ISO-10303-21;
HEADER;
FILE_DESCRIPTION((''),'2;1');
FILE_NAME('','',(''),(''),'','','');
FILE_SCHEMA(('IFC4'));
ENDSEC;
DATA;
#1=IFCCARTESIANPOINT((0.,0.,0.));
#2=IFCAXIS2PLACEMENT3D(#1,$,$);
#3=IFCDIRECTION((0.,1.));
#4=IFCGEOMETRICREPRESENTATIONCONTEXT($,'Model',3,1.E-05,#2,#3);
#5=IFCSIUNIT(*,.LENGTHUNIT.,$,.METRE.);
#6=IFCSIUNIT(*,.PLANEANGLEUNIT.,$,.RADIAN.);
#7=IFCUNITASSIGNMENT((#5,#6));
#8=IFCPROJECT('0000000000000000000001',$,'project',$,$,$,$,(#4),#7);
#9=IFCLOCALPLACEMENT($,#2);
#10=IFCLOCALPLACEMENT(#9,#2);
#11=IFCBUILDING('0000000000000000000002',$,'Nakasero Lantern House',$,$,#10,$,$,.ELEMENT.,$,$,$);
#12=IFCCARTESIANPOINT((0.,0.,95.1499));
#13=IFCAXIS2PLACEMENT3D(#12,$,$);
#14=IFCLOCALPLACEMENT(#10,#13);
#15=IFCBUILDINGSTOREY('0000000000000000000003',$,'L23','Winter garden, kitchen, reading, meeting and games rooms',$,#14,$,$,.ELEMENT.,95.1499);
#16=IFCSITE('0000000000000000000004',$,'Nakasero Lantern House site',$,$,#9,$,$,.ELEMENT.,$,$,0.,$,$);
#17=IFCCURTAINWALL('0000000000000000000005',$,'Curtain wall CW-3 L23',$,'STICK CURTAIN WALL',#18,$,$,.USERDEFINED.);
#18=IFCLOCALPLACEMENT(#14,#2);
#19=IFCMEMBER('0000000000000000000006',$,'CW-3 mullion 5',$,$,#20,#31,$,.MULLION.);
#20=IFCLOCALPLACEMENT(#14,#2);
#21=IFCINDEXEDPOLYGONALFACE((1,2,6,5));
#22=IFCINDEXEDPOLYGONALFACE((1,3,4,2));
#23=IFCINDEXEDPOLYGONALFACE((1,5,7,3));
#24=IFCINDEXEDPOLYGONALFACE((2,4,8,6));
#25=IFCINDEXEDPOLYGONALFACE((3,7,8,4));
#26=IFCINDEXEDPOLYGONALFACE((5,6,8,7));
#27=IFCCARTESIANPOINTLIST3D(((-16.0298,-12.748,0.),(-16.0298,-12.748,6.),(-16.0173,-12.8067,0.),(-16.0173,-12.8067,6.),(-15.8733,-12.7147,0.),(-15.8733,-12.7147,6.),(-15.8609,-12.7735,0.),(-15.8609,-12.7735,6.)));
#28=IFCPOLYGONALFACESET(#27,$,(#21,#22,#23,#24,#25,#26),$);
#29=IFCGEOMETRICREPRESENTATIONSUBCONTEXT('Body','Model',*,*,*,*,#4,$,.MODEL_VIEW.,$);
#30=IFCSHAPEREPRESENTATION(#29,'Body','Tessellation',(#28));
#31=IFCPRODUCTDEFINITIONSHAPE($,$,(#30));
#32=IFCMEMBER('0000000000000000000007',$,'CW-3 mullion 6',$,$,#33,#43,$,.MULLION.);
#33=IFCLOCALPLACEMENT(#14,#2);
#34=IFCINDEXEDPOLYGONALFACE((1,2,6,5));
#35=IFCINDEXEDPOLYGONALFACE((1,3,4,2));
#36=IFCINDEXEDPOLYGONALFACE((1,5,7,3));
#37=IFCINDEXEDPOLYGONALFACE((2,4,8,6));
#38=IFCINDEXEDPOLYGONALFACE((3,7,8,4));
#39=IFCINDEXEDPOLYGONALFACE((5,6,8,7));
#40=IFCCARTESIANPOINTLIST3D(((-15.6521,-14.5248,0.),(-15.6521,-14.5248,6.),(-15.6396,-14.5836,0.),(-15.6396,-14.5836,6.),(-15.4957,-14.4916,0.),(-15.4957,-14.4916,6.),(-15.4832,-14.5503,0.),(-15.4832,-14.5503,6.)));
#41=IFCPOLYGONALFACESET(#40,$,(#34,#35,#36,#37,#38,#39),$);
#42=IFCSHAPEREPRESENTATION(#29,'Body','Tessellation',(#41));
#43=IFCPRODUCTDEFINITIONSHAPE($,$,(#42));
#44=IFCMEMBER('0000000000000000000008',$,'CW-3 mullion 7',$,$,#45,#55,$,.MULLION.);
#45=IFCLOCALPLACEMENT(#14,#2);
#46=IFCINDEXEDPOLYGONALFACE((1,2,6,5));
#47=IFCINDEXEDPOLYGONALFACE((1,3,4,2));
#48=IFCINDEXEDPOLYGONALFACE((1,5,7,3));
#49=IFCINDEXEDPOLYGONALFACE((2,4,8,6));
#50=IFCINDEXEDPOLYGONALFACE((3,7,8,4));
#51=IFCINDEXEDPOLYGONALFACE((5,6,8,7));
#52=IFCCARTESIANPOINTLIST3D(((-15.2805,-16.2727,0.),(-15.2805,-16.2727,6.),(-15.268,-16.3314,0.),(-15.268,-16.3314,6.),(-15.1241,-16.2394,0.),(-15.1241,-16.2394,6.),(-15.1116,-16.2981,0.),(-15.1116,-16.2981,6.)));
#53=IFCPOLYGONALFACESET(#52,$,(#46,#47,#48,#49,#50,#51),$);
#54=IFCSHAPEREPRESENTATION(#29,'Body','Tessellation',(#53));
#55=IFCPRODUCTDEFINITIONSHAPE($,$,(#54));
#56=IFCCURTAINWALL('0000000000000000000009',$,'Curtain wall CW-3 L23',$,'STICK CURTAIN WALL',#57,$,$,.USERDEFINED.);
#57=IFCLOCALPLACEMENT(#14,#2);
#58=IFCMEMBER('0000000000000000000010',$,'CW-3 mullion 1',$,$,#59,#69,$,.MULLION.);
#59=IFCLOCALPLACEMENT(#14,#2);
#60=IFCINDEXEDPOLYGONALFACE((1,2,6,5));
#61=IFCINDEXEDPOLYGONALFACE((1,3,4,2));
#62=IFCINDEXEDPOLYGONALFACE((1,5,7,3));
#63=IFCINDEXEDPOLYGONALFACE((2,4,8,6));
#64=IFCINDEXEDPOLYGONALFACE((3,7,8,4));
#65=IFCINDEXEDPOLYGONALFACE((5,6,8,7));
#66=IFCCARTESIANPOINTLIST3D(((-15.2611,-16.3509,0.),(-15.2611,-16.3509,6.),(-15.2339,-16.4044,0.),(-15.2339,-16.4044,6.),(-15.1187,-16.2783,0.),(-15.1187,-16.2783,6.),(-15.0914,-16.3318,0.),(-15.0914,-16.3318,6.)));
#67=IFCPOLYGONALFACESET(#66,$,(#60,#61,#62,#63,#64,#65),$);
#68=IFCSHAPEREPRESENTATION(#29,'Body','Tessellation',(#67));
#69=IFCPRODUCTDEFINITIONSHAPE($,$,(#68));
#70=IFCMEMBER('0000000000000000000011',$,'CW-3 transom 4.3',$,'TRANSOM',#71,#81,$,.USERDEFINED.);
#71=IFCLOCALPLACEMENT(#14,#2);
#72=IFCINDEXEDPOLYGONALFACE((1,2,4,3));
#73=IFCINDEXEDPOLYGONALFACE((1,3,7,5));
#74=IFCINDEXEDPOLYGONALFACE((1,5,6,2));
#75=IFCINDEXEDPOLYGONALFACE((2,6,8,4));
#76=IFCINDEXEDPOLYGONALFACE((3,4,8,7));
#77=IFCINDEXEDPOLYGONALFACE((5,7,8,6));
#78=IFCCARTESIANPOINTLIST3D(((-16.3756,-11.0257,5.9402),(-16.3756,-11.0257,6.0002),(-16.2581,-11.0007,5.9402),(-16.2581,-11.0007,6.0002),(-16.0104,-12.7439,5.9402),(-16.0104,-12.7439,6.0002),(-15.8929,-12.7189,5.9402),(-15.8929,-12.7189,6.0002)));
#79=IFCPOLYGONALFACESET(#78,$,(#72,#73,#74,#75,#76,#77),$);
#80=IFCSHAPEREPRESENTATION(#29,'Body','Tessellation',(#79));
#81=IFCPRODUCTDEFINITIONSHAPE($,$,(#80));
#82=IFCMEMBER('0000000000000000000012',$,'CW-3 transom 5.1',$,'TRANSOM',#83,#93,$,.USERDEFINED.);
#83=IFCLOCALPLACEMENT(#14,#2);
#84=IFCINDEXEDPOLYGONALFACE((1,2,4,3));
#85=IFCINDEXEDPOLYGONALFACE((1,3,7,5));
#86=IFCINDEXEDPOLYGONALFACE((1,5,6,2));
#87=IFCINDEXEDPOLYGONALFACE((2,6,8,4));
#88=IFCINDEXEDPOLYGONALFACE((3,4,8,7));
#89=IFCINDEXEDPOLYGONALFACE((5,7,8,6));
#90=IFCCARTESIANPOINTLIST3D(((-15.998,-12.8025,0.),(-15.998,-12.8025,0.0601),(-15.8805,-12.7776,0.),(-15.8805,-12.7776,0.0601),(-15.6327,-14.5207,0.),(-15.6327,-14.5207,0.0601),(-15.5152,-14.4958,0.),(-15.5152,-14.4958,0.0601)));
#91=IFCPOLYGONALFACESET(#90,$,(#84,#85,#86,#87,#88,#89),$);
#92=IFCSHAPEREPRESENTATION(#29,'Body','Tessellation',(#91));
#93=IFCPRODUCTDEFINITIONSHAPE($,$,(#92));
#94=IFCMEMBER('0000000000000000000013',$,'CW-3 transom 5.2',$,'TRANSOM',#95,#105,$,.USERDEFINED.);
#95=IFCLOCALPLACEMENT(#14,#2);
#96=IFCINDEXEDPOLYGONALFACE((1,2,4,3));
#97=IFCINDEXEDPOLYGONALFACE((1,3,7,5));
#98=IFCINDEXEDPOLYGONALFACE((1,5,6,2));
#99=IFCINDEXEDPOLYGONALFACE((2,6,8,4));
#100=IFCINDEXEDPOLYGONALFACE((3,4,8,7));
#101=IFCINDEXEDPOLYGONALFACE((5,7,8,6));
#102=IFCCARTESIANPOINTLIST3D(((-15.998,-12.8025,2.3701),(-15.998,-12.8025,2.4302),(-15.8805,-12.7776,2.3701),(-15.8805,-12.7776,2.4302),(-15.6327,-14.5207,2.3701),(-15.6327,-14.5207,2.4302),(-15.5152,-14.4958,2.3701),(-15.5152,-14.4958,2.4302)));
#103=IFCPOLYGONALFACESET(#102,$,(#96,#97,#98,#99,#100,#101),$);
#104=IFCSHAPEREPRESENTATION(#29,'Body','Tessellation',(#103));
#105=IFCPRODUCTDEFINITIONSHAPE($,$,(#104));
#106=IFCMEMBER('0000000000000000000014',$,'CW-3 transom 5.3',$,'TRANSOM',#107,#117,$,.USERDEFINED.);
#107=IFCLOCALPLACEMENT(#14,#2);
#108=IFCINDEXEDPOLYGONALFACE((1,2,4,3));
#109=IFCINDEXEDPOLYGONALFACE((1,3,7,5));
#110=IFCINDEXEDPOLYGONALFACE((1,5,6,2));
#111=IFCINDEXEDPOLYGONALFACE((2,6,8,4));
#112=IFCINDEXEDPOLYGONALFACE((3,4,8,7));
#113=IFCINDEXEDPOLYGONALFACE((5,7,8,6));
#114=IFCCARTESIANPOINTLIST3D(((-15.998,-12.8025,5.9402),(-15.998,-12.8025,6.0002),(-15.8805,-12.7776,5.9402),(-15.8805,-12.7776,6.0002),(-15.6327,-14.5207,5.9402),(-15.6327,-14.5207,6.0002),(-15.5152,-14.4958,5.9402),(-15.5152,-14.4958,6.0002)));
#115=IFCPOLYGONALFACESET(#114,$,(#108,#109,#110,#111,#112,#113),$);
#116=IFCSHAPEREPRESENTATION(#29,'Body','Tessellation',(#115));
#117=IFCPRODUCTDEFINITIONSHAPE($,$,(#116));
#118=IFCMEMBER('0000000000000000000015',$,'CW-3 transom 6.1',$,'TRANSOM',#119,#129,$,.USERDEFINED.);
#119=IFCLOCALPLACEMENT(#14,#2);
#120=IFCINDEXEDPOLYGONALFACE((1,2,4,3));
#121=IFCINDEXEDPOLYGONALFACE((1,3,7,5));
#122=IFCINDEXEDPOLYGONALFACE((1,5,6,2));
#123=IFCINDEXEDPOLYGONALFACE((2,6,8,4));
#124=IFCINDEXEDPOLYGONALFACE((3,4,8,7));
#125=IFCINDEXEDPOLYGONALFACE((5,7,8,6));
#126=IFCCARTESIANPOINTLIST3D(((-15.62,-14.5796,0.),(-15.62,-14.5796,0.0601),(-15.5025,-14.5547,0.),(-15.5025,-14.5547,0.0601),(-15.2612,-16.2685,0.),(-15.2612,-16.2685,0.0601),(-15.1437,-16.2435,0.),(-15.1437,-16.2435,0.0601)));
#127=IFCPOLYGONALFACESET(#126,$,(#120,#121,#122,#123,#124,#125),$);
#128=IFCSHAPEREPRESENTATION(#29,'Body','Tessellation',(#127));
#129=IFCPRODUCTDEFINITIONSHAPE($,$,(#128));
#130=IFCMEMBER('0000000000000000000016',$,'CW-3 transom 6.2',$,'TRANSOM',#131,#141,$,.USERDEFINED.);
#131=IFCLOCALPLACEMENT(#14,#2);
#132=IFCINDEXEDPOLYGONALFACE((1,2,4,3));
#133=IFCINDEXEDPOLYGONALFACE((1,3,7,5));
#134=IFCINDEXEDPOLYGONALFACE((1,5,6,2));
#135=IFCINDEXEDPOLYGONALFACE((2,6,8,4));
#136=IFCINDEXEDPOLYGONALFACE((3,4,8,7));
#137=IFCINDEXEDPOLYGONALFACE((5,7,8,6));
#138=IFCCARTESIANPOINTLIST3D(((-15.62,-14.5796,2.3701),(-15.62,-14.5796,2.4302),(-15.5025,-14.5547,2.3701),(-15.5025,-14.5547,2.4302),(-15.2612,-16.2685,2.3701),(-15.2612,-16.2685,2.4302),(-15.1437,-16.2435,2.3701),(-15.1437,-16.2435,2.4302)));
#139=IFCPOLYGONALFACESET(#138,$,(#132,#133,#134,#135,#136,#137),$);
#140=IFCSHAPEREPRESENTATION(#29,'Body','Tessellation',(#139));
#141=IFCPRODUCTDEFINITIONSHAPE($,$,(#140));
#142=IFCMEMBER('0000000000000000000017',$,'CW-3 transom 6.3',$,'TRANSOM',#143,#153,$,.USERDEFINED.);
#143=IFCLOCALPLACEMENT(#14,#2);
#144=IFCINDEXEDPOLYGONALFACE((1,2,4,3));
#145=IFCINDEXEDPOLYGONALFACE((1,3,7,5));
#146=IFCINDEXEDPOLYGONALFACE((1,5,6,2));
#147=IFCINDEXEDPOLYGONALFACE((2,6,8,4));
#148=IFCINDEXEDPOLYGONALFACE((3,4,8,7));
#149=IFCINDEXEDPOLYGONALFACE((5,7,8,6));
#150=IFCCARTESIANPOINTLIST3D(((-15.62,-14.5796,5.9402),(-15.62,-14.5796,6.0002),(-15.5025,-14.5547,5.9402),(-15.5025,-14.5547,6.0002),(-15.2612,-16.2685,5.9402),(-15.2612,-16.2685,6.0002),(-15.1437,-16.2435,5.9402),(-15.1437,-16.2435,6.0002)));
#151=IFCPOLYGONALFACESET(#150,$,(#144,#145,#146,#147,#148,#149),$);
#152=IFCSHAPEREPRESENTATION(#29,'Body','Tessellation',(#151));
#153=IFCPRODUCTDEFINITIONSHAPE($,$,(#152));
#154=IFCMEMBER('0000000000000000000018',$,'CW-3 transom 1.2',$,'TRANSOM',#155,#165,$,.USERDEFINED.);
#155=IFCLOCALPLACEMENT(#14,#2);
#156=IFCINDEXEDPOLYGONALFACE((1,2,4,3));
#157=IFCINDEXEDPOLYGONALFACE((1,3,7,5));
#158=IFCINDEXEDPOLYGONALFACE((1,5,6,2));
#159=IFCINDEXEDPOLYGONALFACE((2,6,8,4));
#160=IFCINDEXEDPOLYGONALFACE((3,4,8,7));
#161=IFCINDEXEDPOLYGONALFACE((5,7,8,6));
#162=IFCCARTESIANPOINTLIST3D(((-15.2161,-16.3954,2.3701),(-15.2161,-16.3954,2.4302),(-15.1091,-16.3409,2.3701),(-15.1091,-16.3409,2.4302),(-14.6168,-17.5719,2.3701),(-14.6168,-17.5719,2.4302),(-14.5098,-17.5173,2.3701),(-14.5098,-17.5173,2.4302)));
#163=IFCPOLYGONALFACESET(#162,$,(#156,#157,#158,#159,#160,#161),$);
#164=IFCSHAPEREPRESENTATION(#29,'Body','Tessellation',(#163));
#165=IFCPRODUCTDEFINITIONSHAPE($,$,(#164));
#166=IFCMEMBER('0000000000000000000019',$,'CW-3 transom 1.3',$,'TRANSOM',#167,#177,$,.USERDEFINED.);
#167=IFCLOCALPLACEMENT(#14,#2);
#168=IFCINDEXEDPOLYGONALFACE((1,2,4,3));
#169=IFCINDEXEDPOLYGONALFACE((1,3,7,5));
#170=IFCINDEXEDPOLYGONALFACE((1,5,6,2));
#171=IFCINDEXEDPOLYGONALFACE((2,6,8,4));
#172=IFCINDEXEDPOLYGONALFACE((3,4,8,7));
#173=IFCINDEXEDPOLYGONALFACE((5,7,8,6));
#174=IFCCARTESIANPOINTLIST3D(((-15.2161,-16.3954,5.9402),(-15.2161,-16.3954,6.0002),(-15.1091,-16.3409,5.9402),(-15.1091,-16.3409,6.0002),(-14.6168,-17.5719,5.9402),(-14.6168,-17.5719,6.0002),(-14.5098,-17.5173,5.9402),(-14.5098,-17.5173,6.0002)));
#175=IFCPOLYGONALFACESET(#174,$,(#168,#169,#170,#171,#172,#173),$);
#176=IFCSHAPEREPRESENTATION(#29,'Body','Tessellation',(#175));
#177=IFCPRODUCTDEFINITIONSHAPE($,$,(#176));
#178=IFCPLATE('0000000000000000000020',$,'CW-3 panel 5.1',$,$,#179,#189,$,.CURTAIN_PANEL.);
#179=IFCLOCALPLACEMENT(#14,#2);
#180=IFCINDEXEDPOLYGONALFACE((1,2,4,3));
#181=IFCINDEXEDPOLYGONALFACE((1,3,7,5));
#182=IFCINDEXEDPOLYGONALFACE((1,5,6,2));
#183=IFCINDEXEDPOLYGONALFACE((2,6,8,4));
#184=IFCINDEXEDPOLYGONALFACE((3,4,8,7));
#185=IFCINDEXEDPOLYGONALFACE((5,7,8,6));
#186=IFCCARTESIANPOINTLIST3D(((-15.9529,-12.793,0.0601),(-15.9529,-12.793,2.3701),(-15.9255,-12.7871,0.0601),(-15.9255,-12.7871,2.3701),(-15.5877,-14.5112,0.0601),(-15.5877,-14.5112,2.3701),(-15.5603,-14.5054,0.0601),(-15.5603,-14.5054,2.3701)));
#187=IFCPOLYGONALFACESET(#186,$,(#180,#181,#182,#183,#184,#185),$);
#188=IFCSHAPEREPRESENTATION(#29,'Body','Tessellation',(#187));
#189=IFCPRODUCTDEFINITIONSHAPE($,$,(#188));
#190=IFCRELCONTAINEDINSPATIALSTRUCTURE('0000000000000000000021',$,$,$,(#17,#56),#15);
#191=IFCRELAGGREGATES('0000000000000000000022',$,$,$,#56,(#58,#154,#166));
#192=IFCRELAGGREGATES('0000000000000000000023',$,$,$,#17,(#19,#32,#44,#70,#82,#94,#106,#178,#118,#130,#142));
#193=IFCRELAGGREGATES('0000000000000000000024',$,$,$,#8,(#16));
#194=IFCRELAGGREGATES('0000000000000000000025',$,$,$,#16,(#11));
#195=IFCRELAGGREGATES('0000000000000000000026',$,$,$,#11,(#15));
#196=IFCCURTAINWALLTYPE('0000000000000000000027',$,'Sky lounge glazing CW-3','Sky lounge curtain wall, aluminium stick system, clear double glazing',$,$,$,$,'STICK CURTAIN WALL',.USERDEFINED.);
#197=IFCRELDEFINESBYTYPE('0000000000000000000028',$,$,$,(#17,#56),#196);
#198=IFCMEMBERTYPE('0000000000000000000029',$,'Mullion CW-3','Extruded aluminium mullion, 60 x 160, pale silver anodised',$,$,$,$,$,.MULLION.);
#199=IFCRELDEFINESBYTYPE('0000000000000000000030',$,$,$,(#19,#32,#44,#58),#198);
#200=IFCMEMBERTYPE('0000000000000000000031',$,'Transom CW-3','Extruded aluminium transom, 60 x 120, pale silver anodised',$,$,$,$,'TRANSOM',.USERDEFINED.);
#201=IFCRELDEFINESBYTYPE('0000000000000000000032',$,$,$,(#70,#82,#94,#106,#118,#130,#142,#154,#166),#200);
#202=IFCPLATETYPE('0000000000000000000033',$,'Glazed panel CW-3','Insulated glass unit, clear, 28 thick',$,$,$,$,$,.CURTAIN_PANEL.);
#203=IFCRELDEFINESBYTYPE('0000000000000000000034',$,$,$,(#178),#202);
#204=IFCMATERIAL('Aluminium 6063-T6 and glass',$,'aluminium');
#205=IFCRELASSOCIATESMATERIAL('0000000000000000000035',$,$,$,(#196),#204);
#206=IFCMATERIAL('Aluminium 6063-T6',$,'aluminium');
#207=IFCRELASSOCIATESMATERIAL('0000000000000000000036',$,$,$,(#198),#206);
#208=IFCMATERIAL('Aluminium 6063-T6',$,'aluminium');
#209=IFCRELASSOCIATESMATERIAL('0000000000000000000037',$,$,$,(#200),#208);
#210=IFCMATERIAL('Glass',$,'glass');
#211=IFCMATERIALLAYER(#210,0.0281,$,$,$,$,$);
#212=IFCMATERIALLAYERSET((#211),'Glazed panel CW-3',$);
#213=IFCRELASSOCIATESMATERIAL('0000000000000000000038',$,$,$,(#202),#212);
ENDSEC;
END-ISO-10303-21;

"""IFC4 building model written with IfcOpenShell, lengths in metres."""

from ifc_helpers import new_model, si_unit, direction, frame, origin, origin_2d, place, context, subcontext, project, spatial, rectangle, extrude, material, layer, layer_set, material_profile, profile_set, type_object, element, aggregate, save


model = new_model("IFC4")

# Units and contexts
model_context = context("Model", 3, precision=1e-05, world=origin(), true_north=direction((0.0, 1.0)))
body_context = subcontext(model_context, "Body", "Model", "MODEL_VIEW")
ifc_project = project(units=[si_unit("LENGTHUNIT", "METRE"), si_unit("PLANEANGLEUNIT", "RADIAN")], contexts=[model_context])

# Site, building, storey
site_placement = place(None, origin())
site = spatial("IfcSite", under=ifc_project, at=site_placement, Name="Nakasero Lantern House site", CompositionType="ELEMENT", RefElevation=0.0)
building_placement = place(site_placement, origin())
building = spatial("IfcBuilding", under=site, at=building_placement, Name="Nakasero Lantern House", CompositionType="ELEMENT")
storey_placement = place(building_placement, frame((0.0, 0.0, 95.1499)))
storey = spatial("IfcBuildingStorey", under=building, at=storey_placement, Name="L23", Description="Winter garden, kitchen, reading, meeting and games rooms", CompositionType="ELEMENT", Elevation=95.1499)

# Curtain wall, members
ifc_material_1 = material(Name="Aluminium 6063-T6 and glass", Category="aluminium")
curtain_wall_type = type_object("IfcCurtainWallType", Name="Sky lounge glazing CW-3", Description="Sky lounge curtain wall, aluminium stick system, clear double glazing", ElementType="STICK CURTAIN WALL", PredefinedType="USERDEFINED", material=ifc_material_1)
curtain_wall_1_placement = place(storey_placement, origin())
curtain_wall_1 = element("IfcCurtainWall", 1, at=curtain_wall_1_placement, inside=storey, type_object=curtain_wall_type, Name="Curtain wall CW-3 L23", ObjectType="STICK CURTAIN WALL", PredefinedType="USERDEFINED")
ifc_material_2 = material(Name="Aluminium 6063-T6", Category="aluminium")
ifc_material_profile_1 = material_profile(ifc_material_2, rectangle(XDim=0.0601, YDim=0.1599, at=origin_2d()), Name="CW-3 mullion 60x160")
ifc_profile_set_1 = profile_set([ifc_material_profile_1], Name="Aluminium 6063-T6")
member_type_1 = type_object("IfcMemberType", Name="Mullion CW-3", Description="Extruded aluminium mullion, 60 x 160, pale silver anodised", PredefinedType="MULLION", material=ifc_profile_set_1)
member_1_placement = place(storey_placement, frame((-15.9453, -12.7607, 0.0), z_axis=(0.0, 0.0, 1.0), x_axis=(0.207912, -0.978148, 0.0)))
member_1 = element("IfcMember", 2, at=member_1_placement, type_object=member_type_1, Name="CW-3 mullion 5", PredefinedType="MULLION", context=body_context, shape_type="SweptSolid", body=[
    extrude(rectangle(XDim=0.0601, YDim=0.1599, at=origin_2d()), origin(), (0.0, 0.0, 1.0), 6.0),
])
member_2_placement = place(storey_placement, frame((-15.5676, -14.5376, 0.0), z_axis=(0.0, 0.0, 1.0), x_axis=(0.207912, -0.978148, 0.0)))
member_2 = element("IfcMember", 3, at=member_2_placement, type_object=member_type_1, Name="CW-3 mullion 6", PredefinedType="MULLION", context=body_context, shape_type="SweptSolid", body=[
    extrude(rectangle(XDim=0.0601, YDim=0.1599, at=origin_2d()), origin(), (0.0, 0.0, 1.0), 6.0),
])
member_3_placement = place(storey_placement, frame((-15.196, -16.2854, 0.0), z_axis=(0.0, 0.0, 1.0), x_axis=(0.207912, -0.978148, 0.0)))
member_3 = element("IfcMember", 4, at=member_3_placement, type_object=member_type_1, Name="CW-3 mullion 7", PredefinedType="MULLION", context=body_context, shape_type="SweptSolid", body=[
    extrude(rectangle(XDim=0.0601, YDim=0.1599, at=origin_2d()), origin(), (0.0, 0.0, 1.0), 6.0),
])

# Curtain wall, member
curtain_wall_2_placement = place(storey_placement, origin())
curtain_wall_2 = element("IfcCurtainWall", 5, at=curtain_wall_2_placement, inside=storey, type_object=curtain_wall_type, Name="Curtain wall CW-3 L23", ObjectType="STICK CURTAIN WALL", PredefinedType="USERDEFINED")
member_4_placement = place(storey_placement, frame((-15.1763, -16.3413, 0.0), z_axis=(0.0, 0.0, 1.0), x_axis=(0.45399, -0.891007, 0.0)))
member_4 = element("IfcMember", 6, at=member_4_placement, type_object=member_type_1, Name="CW-3 mullion 1", PredefinedType="MULLION", context=body_context, shape_type="SweptSolid", body=[
    extrude(rectangle(XDim=0.0601, YDim=0.1599, at=origin_2d()), origin(), (0.0, 0.0, 1.0), 6.0),
])

# Members
ifc_material_3 = material(Name="Aluminium 6063-T6", Category="aluminium")
ifc_material_profile_2 = material_profile(ifc_material_3, rectangle(XDim=0.0601, YDim=0.1201, at=origin_2d()), Name="CW-3 transom 60x120")
ifc_profile_set_2 = profile_set([ifc_material_profile_2], Name="Aluminium 6063-T6")
member_type_2 = type_object("IfcMemberType", Name="Transom CW-3", Description="Extruded aluminium transom, 60 x 120, pale silver anodised", ElementType="TRANSOM", PredefinedType="USERDEFINED", material=ifc_profile_set_2)
member_5_placement = place(storey_placement, frame((-16.3169, -11.0132, 5.9702), z_axis=(0.207915, -0.978147, 0.0), x_axis=(0.0, 0.0, 1.0)))
member_5 = element("IfcMember", 7, at=member_5_placement, type_object=member_type_2, Name="CW-3 transom 4.3", ObjectType="TRANSOM", PredefinedType="USERDEFINED", context=body_context, shape_type="SweptSolid", body=[
    extrude(rectangle(XDim=0.0601, YDim=0.1201, at=origin_2d()), origin(), (0.0, 0.0, 1.0), 1.7566),
])
member_6_placement = place(storey_placement, frame((-15.9392, -12.79, 0.03), z_axis=(0.207915, -0.978147, 0.0), x_axis=(0.0, 0.0, 1.0)))
member_6 = element("IfcMember", 8, at=member_6_placement, type_object=member_type_2, Name="CW-3 transom 5.1", ObjectType="TRANSOM", PredefinedType="USERDEFINED", context=body_context, shape_type="SweptSolid", body=[
    extrude(rectangle(XDim=0.0601, YDim=0.1201, at=origin_2d()), origin(), (0.0, 0.0, 1.0), 1.7566),
])
member_7_placement = place(storey_placement, frame((-15.9392, -12.79, 2.4001), z_axis=(0.207915, -0.978147, 0.0), x_axis=(0.0, 0.0, 1.0)))
member_7 = element("IfcMember", 9, at=member_7_placement, type_object=member_type_2, Name="CW-3 transom 5.2", ObjectType="TRANSOM", PredefinedType="USERDEFINED", context=body_context, shape_type="SweptSolid", body=[
    extrude(rectangle(XDim=0.0601, YDim=0.1201, at=origin_2d()), origin(), (0.0, 0.0, 1.0), 1.7566),
])
member_8_placement = place(storey_placement, frame((-15.9392, -12.79, 5.9702), z_axis=(0.207915, -0.978147, 0.0), x_axis=(0.0, 0.0, 1.0)))
member_8 = element("IfcMember", 10, at=member_8_placement, type_object=member_type_2, Name="CW-3 transom 5.3", ObjectType="TRANSOM", PredefinedType="USERDEFINED", context=body_context, shape_type="SweptSolid", body=[
    extrude(rectangle(XDim=0.0601, YDim=0.1201, at=origin_2d()), origin(), (0.0, 0.0, 1.0), 1.7566),
])
member_9_placement = place(storey_placement, frame((-15.5613, -14.5671, 0.03), z_axis=(0.207849, -0.978161, 0.0), x_axis=(0.0, 0.0, 1.0)))
member_9 = element("IfcMember", 11, at=member_9_placement, type_object=member_type_2, Name="CW-3 transom 6.1", ObjectType="TRANSOM", PredefinedType="USERDEFINED", context=body_context, shape_type="SweptSolid", body=[
    extrude(rectangle(XDim=0.0601, YDim=0.1201, at=origin_2d()), origin(), (0.0, 0.0, 1.0), 1.7266),
])
member_10_placement = place(storey_placement, frame((-15.5613, -14.5671, 2.4001), z_axis=(0.207849, -0.978161, 0.0), x_axis=(0.0, 0.0, 1.0)))
member_10 = element("IfcMember", 12, at=member_10_placement, type_object=member_type_2, Name="CW-3 transom 6.2", ObjectType="TRANSOM", PredefinedType="USERDEFINED", context=body_context, shape_type="SweptSolid", body=[
    extrude(rectangle(XDim=0.0601, YDim=0.1201, at=origin_2d()), origin(), (0.0, 0.0, 1.0), 1.7266),
])
member_11_placement = place(storey_placement, frame((-15.5613, -14.5671, 5.9702), z_axis=(0.207849, -0.978161, 0.0), x_axis=(0.0, 0.0, 1.0)))
member_11 = element("IfcMember", 13, at=member_11_placement, type_object=member_type_2, Name="CW-3 transom 6.3", ObjectType="TRANSOM", PredefinedType="USERDEFINED", context=body_context, shape_type="SweptSolid", body=[
    extrude(rectangle(XDim=0.0601, YDim=0.1201, at=origin_2d()), origin(), (0.0, 0.0, 1.0), 1.7266),
])
member_12_placement = place(storey_placement, frame((-15.1626, -16.3682, 2.4001), z_axis=(0.453931, -0.891037, 0.0), x_axis=(0.0, 0.0, 1.0)))
member_12 = element("IfcMember", 14, at=member_12_placement, type_object=member_type_2, Name="CW-3 transom 1.2", ObjectType="TRANSOM", PredefinedType="USERDEFINED", context=body_context, shape_type="SweptSolid", body=[
    extrude(rectangle(XDim=0.0601, YDim=0.1201, at=origin_2d()), origin(), (0.0, 0.0, 1.0), 1.3203),
])
member_13_placement = place(storey_placement, frame((-15.1626, -16.3682, 5.9702), z_axis=(0.453931, -0.891037, 0.0), x_axis=(0.0, 0.0, 1.0)))
member_13 = element("IfcMember", 15, at=member_13_placement, type_object=member_type_2, Name="CW-3 transom 1.3", ObjectType="TRANSOM", PredefinedType="USERDEFINED", context=body_context, shape_type="SweptSolid", body=[
    extrude(rectangle(XDim=0.0601, YDim=0.1201, at=origin_2d()), origin(), (0.0, 0.0, 1.0), 1.3203),
])
aggregate(curtain_wall_2, [member_4, member_12, member_13])

# Plate
ifc_material_4 = material(Name="Glass", Category="glass")
ifc_layer_1 = layer(ifc_material_4, 0.0281)
ifc_layer_set_1 = layer_set([ifc_layer_1], Name="Glazed panel CW-3")
plate_type_1 = type_object("IfcPlateType", Name="Glazed panel CW-3", Description="Insulated glass unit, clear, 28 thick", PredefinedType="CURTAIN_PANEL", material=ifc_layer_set_1)
plate_1_placement = place(storey_placement, frame((-15.7566, -13.6492, 0.0601), z_axis=(0.0, 0.0, 1.0), x_axis=(0.207912, -0.978148, 0.0)))
plate_1 = element("IfcPlate", 16, at=plate_1_placement, type_object=plate_type_1, Name="CW-3 panel 5.1", PredefinedType="CURTAIN_PANEL", context=body_context, shape_type="SweptSolid", body=[
    extrude(rectangle(XDim=1.7566, YDim=0.0281, at=origin_2d()), origin(), (0.0, 0.0, 1.0), 2.3101),
])
aggregate(curtain_wall_1, [member_1, member_2, member_3, member_5, member_6, member_7, member_8, plate_1, member_9, member_10, member_11])

save(model, "model.ifc")
